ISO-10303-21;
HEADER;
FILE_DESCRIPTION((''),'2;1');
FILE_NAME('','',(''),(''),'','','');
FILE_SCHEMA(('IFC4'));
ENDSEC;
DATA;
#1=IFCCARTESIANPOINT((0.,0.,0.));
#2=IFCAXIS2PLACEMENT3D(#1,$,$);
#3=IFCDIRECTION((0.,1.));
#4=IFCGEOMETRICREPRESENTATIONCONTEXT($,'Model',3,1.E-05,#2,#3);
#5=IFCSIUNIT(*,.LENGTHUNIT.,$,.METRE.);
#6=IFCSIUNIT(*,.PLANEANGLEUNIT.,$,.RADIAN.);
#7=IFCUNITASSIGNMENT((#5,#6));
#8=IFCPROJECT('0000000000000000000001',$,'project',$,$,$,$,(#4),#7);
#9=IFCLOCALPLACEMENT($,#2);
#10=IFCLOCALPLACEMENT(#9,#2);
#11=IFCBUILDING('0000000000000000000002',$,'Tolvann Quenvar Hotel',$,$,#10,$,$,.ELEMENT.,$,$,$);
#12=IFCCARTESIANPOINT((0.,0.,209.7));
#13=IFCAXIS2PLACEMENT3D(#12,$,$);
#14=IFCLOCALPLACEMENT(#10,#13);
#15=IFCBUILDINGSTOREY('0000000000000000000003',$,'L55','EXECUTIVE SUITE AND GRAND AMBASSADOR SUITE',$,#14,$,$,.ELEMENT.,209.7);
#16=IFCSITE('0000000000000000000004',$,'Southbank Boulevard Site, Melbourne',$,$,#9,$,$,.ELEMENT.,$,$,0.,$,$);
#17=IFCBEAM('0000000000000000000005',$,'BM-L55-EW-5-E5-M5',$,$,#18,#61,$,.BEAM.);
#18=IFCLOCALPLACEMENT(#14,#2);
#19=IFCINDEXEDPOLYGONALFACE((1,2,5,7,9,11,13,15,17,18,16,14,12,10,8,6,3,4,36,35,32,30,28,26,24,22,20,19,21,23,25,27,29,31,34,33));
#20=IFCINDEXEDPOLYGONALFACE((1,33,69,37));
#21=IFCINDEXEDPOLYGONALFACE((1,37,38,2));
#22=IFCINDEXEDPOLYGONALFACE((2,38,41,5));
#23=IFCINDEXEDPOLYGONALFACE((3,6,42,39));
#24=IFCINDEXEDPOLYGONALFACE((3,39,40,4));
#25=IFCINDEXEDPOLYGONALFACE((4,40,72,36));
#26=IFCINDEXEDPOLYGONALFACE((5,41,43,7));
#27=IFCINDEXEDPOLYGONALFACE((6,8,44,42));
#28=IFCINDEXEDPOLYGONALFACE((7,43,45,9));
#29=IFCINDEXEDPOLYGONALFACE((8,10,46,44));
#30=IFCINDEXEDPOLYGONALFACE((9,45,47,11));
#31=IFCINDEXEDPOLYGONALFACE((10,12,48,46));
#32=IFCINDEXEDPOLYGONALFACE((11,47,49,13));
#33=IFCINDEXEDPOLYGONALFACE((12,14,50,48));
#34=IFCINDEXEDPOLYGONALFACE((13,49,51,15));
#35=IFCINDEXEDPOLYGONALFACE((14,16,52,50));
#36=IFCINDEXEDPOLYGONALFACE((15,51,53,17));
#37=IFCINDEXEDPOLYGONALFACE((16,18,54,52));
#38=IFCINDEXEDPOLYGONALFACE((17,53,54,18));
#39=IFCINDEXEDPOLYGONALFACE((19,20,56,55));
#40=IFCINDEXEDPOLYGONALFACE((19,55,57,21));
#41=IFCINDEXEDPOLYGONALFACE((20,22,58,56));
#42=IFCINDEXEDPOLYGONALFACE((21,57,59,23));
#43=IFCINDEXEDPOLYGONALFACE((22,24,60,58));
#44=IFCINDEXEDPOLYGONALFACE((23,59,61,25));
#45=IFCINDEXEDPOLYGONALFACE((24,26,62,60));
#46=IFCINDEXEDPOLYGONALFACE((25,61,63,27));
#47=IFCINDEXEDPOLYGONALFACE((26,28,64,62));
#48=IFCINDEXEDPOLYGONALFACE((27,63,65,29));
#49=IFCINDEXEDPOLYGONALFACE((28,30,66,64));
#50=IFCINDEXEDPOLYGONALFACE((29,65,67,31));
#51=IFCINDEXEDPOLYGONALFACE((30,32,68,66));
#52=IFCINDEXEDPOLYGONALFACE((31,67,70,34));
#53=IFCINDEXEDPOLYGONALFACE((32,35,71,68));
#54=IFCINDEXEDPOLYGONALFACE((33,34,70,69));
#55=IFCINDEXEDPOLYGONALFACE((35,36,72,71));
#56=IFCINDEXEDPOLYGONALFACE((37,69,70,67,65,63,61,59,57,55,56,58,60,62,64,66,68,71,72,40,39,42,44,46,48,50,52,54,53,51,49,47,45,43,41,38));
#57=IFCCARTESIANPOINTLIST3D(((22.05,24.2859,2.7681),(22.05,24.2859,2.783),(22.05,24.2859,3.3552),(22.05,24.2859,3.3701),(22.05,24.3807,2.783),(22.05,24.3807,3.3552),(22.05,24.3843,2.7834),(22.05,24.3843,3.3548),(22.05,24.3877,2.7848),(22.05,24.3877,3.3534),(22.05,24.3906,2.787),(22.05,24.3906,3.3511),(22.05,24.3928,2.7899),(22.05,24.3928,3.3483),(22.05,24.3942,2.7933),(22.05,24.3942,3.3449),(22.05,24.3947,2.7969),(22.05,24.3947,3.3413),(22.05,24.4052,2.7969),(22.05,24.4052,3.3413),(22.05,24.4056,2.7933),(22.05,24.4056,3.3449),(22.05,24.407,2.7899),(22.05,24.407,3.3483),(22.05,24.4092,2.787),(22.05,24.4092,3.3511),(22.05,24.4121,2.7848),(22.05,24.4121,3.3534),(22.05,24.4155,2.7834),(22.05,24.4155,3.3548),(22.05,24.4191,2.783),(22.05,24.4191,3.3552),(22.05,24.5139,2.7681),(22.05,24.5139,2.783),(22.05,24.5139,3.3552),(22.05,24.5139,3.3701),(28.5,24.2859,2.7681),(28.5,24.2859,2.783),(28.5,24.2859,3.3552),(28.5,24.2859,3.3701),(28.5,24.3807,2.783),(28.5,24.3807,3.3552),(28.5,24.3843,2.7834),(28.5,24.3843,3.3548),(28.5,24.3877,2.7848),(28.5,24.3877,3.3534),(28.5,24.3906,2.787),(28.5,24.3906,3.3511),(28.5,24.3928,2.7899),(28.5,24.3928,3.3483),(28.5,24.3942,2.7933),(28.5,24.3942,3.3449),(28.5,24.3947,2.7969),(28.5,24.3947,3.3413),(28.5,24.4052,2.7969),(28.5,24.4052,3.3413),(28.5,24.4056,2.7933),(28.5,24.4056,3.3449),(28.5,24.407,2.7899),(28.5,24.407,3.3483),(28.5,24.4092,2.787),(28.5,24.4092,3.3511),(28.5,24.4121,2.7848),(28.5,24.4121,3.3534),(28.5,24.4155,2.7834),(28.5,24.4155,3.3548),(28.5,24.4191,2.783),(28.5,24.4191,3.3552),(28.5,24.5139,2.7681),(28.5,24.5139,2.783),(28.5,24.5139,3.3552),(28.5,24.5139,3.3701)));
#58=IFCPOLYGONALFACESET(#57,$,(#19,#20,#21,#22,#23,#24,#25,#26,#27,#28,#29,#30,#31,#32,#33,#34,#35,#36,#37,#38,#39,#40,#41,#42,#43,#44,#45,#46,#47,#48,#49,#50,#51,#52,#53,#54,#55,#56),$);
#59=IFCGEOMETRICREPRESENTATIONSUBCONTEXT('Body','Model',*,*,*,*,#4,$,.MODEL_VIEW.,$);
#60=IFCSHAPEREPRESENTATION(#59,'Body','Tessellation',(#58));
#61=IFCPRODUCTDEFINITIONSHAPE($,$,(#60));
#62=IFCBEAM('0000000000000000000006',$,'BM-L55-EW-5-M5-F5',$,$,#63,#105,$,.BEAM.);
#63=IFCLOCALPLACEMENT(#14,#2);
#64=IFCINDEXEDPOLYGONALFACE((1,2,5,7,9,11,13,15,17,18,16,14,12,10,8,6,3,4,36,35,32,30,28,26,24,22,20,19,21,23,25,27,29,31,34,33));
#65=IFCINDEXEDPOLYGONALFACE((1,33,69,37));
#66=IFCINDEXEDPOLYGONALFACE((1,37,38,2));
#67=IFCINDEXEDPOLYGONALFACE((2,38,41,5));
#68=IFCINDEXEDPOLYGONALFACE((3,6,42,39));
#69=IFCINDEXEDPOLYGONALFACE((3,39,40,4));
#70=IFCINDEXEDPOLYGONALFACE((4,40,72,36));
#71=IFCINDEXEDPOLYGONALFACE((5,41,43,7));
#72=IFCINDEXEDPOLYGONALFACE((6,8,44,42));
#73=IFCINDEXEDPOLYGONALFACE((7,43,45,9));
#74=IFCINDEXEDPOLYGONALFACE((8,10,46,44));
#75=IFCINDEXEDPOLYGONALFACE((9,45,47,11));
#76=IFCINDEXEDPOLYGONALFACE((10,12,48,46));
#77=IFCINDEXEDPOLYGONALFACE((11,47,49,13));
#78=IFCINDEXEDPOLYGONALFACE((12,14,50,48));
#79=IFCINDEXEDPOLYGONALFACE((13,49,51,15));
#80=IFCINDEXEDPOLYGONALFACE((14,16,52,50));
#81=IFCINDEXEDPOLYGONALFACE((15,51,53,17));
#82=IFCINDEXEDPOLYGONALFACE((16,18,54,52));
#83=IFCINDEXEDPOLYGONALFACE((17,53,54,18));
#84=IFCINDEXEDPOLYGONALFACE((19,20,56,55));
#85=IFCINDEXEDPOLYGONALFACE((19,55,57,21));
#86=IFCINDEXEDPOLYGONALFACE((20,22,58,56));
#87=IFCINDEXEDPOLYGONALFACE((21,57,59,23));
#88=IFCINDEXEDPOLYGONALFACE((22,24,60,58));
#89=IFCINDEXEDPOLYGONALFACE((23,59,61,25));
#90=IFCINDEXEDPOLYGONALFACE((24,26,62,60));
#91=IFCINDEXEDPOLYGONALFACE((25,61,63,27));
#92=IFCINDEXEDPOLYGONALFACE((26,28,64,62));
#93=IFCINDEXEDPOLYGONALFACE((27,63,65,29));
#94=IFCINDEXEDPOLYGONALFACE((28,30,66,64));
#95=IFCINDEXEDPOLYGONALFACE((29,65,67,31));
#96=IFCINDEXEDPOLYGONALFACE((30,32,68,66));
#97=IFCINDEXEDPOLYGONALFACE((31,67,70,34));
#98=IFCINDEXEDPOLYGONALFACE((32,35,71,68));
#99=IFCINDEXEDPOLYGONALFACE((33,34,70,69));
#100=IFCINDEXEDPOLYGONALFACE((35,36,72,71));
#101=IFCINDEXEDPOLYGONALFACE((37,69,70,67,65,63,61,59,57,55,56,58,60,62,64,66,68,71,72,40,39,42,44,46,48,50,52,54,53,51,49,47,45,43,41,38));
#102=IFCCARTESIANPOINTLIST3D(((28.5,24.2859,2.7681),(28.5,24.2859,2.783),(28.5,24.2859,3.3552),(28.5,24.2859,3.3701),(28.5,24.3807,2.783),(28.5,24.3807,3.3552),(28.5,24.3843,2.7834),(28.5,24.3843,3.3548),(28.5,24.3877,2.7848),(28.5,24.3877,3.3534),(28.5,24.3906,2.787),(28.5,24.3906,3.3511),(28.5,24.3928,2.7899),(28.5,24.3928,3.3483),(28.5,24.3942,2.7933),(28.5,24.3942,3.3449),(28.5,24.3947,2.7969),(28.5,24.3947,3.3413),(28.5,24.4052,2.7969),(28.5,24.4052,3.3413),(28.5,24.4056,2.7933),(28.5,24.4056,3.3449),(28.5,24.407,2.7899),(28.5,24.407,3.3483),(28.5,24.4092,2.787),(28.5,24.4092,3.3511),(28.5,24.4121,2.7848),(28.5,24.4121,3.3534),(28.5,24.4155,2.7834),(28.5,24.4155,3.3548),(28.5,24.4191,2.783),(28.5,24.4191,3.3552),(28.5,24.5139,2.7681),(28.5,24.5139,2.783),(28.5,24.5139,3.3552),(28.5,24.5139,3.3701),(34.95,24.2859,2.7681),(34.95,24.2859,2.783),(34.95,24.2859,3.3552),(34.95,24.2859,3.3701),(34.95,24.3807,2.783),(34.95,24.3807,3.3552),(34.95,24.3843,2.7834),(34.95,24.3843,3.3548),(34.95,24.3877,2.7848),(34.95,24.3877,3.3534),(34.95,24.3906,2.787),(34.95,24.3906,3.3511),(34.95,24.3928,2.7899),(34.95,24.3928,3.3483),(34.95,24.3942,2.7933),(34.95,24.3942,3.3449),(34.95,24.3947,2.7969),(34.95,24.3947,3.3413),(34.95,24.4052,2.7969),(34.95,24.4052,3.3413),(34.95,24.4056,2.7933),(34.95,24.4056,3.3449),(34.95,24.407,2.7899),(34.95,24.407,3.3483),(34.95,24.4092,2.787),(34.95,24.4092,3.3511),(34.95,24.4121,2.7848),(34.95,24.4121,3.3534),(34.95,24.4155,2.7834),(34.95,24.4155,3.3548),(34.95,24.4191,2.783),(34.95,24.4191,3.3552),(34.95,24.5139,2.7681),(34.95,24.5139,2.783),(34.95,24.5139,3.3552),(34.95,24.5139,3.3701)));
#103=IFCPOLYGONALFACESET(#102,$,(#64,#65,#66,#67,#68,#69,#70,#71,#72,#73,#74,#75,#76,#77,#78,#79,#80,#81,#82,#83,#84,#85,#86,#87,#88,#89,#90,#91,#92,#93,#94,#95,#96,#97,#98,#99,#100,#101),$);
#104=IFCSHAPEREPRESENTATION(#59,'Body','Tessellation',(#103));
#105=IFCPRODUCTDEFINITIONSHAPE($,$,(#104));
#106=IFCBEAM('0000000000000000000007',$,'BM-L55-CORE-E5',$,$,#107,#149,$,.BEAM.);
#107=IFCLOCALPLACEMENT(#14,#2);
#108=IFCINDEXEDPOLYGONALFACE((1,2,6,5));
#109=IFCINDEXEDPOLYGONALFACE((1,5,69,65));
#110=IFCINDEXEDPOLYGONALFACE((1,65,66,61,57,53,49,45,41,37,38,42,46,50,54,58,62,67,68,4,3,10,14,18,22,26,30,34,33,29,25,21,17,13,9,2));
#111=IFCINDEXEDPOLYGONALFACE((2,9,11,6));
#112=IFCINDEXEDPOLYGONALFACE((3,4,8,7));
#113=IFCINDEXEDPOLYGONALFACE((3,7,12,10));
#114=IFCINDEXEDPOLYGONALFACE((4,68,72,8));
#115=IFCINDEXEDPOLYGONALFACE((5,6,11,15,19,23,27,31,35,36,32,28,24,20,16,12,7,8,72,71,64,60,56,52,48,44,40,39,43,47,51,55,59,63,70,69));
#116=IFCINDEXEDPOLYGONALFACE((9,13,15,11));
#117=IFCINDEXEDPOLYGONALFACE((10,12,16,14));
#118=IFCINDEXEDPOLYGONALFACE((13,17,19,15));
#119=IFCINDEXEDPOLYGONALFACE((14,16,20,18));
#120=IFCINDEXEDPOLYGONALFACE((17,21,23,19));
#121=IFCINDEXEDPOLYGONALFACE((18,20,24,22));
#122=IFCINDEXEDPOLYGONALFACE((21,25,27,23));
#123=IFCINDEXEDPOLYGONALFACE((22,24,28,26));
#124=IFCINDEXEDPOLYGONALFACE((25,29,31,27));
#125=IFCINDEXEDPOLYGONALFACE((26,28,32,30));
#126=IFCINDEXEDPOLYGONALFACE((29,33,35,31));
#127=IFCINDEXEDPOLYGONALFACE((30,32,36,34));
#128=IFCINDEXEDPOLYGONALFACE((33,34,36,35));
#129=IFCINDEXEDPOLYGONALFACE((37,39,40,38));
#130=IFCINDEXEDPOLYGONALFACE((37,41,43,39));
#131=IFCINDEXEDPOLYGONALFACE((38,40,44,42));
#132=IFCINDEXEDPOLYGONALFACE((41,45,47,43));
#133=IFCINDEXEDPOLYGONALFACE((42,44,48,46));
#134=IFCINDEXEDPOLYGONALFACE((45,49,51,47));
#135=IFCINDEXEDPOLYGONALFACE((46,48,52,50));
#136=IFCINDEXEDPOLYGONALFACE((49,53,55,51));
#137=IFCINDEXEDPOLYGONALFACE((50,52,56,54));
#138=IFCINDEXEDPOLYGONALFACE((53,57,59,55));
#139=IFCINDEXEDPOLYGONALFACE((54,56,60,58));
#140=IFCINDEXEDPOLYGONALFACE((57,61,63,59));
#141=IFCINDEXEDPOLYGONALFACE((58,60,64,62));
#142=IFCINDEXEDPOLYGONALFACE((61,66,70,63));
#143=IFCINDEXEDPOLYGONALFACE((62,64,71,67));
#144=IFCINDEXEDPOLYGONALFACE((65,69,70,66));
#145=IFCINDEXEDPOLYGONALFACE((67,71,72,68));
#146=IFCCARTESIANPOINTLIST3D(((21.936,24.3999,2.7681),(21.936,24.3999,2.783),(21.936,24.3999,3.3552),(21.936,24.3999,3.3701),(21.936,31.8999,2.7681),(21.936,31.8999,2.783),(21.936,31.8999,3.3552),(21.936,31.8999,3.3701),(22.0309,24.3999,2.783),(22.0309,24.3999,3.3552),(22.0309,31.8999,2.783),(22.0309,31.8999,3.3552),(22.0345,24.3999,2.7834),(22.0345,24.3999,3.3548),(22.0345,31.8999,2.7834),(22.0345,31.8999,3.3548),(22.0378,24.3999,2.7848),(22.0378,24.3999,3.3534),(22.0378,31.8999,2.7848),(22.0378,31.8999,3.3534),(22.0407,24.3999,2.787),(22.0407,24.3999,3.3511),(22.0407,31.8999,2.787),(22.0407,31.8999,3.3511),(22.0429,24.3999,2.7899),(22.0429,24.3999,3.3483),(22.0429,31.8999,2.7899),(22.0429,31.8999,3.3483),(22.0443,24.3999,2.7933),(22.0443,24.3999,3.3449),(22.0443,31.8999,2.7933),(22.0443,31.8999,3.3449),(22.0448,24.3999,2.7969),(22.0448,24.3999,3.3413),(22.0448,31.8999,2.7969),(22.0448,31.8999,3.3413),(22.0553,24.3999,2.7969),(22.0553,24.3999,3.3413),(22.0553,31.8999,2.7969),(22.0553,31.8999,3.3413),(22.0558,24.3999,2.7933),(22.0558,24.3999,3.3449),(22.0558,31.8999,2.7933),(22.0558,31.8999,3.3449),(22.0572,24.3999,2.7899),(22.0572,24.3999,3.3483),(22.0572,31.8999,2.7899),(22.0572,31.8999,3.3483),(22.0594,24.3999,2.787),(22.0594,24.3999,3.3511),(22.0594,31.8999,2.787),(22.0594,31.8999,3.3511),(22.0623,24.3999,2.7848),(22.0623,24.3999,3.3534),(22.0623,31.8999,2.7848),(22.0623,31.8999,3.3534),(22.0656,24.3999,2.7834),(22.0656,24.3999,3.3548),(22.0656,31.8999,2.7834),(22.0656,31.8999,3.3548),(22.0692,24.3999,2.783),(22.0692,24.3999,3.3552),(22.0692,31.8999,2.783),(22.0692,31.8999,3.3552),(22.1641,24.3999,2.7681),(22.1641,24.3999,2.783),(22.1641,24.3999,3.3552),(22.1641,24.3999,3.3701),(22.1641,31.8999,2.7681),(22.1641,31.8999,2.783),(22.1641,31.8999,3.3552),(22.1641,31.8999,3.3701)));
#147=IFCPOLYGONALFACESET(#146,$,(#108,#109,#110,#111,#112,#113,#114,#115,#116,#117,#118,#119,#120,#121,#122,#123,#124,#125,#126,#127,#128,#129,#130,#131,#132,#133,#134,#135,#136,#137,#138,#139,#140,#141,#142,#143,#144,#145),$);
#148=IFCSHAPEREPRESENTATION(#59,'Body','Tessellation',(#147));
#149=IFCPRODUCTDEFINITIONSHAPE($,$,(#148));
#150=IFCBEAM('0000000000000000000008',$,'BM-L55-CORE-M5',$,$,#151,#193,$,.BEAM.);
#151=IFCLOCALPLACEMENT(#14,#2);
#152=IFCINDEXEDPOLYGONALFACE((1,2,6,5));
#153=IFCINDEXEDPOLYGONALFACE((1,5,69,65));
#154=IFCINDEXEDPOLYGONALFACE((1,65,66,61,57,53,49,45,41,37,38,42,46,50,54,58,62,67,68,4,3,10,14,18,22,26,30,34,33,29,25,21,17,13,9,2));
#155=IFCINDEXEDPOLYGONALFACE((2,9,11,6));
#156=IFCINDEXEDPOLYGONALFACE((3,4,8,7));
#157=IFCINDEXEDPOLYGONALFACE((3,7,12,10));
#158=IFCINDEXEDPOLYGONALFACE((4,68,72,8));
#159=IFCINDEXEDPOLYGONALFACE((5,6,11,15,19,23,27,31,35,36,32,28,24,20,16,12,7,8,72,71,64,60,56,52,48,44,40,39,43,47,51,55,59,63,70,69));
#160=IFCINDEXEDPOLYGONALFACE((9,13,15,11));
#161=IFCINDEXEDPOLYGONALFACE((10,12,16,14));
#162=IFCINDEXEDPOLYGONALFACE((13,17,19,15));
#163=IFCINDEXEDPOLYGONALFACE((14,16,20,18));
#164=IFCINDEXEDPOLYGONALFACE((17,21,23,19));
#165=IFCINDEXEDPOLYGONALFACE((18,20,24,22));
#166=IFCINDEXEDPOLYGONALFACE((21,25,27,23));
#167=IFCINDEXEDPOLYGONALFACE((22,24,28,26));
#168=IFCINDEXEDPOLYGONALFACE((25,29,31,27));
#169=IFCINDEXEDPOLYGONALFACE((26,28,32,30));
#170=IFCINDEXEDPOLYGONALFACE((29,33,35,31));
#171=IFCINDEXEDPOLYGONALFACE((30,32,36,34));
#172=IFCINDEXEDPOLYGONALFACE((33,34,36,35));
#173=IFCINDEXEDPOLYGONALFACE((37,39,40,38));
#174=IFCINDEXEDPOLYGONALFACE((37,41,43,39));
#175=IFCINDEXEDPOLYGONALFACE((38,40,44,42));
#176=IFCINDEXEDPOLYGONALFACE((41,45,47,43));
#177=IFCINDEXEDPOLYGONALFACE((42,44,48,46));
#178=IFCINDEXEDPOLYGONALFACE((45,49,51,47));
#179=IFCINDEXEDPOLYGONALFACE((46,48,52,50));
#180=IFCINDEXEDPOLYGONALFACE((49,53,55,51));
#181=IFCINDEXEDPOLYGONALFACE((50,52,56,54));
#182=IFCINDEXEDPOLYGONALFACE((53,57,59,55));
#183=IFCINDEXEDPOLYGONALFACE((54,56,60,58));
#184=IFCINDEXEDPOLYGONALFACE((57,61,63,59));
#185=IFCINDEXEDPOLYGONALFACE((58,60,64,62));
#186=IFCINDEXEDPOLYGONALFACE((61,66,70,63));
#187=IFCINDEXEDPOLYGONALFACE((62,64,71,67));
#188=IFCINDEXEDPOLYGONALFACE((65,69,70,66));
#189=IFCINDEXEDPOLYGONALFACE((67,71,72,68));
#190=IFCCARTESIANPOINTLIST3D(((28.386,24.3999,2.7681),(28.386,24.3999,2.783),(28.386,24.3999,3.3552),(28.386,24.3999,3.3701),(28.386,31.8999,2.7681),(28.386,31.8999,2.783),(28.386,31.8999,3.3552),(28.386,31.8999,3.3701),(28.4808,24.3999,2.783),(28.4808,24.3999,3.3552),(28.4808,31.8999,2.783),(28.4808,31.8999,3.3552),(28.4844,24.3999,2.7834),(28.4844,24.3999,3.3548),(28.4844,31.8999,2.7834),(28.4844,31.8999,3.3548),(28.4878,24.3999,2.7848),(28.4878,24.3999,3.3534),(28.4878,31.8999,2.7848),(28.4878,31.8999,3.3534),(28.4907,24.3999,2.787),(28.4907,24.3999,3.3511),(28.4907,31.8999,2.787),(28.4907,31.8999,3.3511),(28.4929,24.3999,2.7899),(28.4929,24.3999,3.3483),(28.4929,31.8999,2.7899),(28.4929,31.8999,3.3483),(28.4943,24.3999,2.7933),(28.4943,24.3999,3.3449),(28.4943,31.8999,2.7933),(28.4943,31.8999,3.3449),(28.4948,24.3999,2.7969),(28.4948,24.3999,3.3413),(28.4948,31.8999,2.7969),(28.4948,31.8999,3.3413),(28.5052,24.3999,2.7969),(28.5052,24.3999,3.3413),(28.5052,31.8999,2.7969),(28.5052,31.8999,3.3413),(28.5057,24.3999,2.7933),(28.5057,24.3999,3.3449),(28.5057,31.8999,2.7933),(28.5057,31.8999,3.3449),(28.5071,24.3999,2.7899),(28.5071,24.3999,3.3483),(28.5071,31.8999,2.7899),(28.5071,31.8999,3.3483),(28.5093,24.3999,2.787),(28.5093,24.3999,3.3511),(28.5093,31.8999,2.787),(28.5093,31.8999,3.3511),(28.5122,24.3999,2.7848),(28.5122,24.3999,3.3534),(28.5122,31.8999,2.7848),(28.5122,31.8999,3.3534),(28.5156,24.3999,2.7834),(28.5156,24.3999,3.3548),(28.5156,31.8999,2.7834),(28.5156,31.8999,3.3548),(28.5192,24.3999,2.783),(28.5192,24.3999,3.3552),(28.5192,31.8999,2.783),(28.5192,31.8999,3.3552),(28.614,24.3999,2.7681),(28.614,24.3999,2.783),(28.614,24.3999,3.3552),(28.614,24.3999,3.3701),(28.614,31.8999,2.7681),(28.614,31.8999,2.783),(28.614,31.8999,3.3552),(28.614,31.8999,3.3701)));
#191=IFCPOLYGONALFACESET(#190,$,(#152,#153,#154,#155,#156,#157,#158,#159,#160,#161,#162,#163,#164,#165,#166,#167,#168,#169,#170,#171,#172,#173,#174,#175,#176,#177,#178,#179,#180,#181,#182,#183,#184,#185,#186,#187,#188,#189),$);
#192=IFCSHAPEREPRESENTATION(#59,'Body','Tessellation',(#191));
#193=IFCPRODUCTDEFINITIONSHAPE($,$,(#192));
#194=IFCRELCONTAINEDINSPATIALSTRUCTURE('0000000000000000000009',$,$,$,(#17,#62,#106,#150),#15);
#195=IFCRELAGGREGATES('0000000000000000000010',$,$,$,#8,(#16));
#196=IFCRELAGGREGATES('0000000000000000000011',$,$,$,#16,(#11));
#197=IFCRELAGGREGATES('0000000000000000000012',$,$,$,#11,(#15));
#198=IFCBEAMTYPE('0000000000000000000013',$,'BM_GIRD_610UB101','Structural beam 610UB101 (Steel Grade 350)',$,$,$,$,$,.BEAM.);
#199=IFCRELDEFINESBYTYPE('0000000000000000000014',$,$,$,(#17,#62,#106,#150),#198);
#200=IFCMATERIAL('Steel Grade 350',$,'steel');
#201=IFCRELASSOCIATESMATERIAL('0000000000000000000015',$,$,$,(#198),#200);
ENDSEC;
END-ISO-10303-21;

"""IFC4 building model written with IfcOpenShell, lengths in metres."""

from ifc_helpers import new_model, si_unit, direction, frame, origin, origin_2d, place, context, subcontext, project, spatial, i_section, extrude, source, transform, mapped, material, material_profile, profile_set, type_object, type_shapes, element, save


model = new_model("IFC4")

# Units and contexts
model_context = context("Model", 3, precision=1e-05, world=origin(), true_north=direction((0.0, 1.0)))
body_context = subcontext(model_context, "Body", "Model", "MODEL_VIEW")
ifc_project = project(units=[si_unit("LENGTHUNIT", "METRE"), si_unit("PLANEANGLEUNIT", "RADIAN")], contexts=[model_context])

# Site, building, storey
site_placement = place(None, origin())
site = spatial("IfcSite", under=ifc_project, at=site_placement, Name="Southbank Boulevard Site, Melbourne", CompositionType="ELEMENT", RefElevation=0.0)
building_placement = place(site_placement, origin())
building = spatial("IfcBuilding", under=site, at=building_placement, Name="Tolvann Quenvar Hotel", CompositionType="ELEMENT")
storey_placement = place(building_placement, frame((0.0, 0.0, 209.7)))
storey = spatial("IfcBuildingStorey", under=building, at=storey_placement, Name="L55", Description="EXECUTIVE SUITE AND GRAND AMBASSADOR SUITE", CompositionType="ELEMENT", Elevation=209.7)

# Shared definitions
ifc_material_1 = material(Name="Steel Grade 350", Category="steel")

# Beams
ifc_material_profile_1 = material_profile(ifc_material_1, i_section(OverallWidth=0.228, OverallDepth=0.6021, WebThickness=0.0105, FlangeThickness=0.0149, FilletRadius=0.0139, at=origin_2d()), Name="610UB101")
ifc_profile_set_1 = profile_set([ifc_material_profile_1], Name="Steel Grade 350")
beam_type_1 = type_object("IfcBeamType", Name="BM_GIRD_610UB101", Description="Structural beam 610UB101 (Steel Grade 350)", PredefinedType="BEAM", material=ifc_profile_set_1)
shared_shape_1 = source(origin(), body_context, "Body", "SweptSolid", [
    extrude(i_section(OverallWidth=0.228, OverallDepth=0.6021, WebThickness=0.0105, FlangeThickness=0.0149, FilletRadius=0.0139, at=origin_2d()), origin(), (0.0, 0.0, 1.0), 6.45),
])
for number, where, z_axis, x_axis, name in (
    (1, (22.05, 24.3999, 3.0691), (1.0, 0.0, 0.0), (0.0, 1.0, 0.0), "BM-L55-EW-5-E5-M5"),
    (2, (28.5, 24.3999, 3.0691), (1.0, 0.0, 0.0), (0.0, 1.0, 0.0), "BM-L55-EW-5-M5-F5"),
):
    element("IfcBeam", number, at=place(storey_placement, frame(where, z_axis=z_axis, x_axis=x_axis)), inside=storey, type_object=beam_type_1, Name=name, PredefinedType="BEAM", context=body_context, shape_type="MappedRepresentation", body=[
        mapped(shared_shape_1, transform((0.0, 0.0, 0.0), x_axis=(1.0, 0.0, 0.0), y_axis=(0.0, 1.0, 0.0), z_axis=(0.0, 0.0, 1.0), scale=1.0)),
    ])
shared_shape_2 = source(origin(), body_context, "Body", "SweptSolid", [
    extrude(i_section(OverallWidth=0.228, OverallDepth=0.6021, WebThickness=0.0105, FlangeThickness=0.0149, FilletRadius=0.0139, at=origin_2d()), origin(), (0.0, 0.0, 1.0), 7.5),
])
type_shapes(beam_type_1, [shared_shape_1, shared_shape_2])
for number, where, z_axis, x_axis, name in (
    (3, (22.05, 24.3999, 3.0691), (0.0, 1.0, 0.0), (-1.0, 0.0, 0.0), "BM-L55-CORE-E5"),
    (4, (28.5, 24.3999, 3.0691), (0.0, 1.0, 0.0), (-1.0, 0.0, 0.0), "BM-L55-CORE-M5"),
):
    element("IfcBeam", number, at=place(storey_placement, frame(where, z_axis=z_axis, x_axis=x_axis)), inside=storey, type_object=beam_type_1, Name=name, PredefinedType="BEAM", context=body_context, shape_type="MappedRepresentation", body=[
        mapped(shared_shape_2, transform((0.0, 0.0, 0.0), x_axis=(1.0, 0.0, 0.0), y_axis=(0.0, 1.0, 0.0), z_axis=(0.0, 0.0, 1.0), scale=1.0)),
    ])

save(model, "model.ifc")
